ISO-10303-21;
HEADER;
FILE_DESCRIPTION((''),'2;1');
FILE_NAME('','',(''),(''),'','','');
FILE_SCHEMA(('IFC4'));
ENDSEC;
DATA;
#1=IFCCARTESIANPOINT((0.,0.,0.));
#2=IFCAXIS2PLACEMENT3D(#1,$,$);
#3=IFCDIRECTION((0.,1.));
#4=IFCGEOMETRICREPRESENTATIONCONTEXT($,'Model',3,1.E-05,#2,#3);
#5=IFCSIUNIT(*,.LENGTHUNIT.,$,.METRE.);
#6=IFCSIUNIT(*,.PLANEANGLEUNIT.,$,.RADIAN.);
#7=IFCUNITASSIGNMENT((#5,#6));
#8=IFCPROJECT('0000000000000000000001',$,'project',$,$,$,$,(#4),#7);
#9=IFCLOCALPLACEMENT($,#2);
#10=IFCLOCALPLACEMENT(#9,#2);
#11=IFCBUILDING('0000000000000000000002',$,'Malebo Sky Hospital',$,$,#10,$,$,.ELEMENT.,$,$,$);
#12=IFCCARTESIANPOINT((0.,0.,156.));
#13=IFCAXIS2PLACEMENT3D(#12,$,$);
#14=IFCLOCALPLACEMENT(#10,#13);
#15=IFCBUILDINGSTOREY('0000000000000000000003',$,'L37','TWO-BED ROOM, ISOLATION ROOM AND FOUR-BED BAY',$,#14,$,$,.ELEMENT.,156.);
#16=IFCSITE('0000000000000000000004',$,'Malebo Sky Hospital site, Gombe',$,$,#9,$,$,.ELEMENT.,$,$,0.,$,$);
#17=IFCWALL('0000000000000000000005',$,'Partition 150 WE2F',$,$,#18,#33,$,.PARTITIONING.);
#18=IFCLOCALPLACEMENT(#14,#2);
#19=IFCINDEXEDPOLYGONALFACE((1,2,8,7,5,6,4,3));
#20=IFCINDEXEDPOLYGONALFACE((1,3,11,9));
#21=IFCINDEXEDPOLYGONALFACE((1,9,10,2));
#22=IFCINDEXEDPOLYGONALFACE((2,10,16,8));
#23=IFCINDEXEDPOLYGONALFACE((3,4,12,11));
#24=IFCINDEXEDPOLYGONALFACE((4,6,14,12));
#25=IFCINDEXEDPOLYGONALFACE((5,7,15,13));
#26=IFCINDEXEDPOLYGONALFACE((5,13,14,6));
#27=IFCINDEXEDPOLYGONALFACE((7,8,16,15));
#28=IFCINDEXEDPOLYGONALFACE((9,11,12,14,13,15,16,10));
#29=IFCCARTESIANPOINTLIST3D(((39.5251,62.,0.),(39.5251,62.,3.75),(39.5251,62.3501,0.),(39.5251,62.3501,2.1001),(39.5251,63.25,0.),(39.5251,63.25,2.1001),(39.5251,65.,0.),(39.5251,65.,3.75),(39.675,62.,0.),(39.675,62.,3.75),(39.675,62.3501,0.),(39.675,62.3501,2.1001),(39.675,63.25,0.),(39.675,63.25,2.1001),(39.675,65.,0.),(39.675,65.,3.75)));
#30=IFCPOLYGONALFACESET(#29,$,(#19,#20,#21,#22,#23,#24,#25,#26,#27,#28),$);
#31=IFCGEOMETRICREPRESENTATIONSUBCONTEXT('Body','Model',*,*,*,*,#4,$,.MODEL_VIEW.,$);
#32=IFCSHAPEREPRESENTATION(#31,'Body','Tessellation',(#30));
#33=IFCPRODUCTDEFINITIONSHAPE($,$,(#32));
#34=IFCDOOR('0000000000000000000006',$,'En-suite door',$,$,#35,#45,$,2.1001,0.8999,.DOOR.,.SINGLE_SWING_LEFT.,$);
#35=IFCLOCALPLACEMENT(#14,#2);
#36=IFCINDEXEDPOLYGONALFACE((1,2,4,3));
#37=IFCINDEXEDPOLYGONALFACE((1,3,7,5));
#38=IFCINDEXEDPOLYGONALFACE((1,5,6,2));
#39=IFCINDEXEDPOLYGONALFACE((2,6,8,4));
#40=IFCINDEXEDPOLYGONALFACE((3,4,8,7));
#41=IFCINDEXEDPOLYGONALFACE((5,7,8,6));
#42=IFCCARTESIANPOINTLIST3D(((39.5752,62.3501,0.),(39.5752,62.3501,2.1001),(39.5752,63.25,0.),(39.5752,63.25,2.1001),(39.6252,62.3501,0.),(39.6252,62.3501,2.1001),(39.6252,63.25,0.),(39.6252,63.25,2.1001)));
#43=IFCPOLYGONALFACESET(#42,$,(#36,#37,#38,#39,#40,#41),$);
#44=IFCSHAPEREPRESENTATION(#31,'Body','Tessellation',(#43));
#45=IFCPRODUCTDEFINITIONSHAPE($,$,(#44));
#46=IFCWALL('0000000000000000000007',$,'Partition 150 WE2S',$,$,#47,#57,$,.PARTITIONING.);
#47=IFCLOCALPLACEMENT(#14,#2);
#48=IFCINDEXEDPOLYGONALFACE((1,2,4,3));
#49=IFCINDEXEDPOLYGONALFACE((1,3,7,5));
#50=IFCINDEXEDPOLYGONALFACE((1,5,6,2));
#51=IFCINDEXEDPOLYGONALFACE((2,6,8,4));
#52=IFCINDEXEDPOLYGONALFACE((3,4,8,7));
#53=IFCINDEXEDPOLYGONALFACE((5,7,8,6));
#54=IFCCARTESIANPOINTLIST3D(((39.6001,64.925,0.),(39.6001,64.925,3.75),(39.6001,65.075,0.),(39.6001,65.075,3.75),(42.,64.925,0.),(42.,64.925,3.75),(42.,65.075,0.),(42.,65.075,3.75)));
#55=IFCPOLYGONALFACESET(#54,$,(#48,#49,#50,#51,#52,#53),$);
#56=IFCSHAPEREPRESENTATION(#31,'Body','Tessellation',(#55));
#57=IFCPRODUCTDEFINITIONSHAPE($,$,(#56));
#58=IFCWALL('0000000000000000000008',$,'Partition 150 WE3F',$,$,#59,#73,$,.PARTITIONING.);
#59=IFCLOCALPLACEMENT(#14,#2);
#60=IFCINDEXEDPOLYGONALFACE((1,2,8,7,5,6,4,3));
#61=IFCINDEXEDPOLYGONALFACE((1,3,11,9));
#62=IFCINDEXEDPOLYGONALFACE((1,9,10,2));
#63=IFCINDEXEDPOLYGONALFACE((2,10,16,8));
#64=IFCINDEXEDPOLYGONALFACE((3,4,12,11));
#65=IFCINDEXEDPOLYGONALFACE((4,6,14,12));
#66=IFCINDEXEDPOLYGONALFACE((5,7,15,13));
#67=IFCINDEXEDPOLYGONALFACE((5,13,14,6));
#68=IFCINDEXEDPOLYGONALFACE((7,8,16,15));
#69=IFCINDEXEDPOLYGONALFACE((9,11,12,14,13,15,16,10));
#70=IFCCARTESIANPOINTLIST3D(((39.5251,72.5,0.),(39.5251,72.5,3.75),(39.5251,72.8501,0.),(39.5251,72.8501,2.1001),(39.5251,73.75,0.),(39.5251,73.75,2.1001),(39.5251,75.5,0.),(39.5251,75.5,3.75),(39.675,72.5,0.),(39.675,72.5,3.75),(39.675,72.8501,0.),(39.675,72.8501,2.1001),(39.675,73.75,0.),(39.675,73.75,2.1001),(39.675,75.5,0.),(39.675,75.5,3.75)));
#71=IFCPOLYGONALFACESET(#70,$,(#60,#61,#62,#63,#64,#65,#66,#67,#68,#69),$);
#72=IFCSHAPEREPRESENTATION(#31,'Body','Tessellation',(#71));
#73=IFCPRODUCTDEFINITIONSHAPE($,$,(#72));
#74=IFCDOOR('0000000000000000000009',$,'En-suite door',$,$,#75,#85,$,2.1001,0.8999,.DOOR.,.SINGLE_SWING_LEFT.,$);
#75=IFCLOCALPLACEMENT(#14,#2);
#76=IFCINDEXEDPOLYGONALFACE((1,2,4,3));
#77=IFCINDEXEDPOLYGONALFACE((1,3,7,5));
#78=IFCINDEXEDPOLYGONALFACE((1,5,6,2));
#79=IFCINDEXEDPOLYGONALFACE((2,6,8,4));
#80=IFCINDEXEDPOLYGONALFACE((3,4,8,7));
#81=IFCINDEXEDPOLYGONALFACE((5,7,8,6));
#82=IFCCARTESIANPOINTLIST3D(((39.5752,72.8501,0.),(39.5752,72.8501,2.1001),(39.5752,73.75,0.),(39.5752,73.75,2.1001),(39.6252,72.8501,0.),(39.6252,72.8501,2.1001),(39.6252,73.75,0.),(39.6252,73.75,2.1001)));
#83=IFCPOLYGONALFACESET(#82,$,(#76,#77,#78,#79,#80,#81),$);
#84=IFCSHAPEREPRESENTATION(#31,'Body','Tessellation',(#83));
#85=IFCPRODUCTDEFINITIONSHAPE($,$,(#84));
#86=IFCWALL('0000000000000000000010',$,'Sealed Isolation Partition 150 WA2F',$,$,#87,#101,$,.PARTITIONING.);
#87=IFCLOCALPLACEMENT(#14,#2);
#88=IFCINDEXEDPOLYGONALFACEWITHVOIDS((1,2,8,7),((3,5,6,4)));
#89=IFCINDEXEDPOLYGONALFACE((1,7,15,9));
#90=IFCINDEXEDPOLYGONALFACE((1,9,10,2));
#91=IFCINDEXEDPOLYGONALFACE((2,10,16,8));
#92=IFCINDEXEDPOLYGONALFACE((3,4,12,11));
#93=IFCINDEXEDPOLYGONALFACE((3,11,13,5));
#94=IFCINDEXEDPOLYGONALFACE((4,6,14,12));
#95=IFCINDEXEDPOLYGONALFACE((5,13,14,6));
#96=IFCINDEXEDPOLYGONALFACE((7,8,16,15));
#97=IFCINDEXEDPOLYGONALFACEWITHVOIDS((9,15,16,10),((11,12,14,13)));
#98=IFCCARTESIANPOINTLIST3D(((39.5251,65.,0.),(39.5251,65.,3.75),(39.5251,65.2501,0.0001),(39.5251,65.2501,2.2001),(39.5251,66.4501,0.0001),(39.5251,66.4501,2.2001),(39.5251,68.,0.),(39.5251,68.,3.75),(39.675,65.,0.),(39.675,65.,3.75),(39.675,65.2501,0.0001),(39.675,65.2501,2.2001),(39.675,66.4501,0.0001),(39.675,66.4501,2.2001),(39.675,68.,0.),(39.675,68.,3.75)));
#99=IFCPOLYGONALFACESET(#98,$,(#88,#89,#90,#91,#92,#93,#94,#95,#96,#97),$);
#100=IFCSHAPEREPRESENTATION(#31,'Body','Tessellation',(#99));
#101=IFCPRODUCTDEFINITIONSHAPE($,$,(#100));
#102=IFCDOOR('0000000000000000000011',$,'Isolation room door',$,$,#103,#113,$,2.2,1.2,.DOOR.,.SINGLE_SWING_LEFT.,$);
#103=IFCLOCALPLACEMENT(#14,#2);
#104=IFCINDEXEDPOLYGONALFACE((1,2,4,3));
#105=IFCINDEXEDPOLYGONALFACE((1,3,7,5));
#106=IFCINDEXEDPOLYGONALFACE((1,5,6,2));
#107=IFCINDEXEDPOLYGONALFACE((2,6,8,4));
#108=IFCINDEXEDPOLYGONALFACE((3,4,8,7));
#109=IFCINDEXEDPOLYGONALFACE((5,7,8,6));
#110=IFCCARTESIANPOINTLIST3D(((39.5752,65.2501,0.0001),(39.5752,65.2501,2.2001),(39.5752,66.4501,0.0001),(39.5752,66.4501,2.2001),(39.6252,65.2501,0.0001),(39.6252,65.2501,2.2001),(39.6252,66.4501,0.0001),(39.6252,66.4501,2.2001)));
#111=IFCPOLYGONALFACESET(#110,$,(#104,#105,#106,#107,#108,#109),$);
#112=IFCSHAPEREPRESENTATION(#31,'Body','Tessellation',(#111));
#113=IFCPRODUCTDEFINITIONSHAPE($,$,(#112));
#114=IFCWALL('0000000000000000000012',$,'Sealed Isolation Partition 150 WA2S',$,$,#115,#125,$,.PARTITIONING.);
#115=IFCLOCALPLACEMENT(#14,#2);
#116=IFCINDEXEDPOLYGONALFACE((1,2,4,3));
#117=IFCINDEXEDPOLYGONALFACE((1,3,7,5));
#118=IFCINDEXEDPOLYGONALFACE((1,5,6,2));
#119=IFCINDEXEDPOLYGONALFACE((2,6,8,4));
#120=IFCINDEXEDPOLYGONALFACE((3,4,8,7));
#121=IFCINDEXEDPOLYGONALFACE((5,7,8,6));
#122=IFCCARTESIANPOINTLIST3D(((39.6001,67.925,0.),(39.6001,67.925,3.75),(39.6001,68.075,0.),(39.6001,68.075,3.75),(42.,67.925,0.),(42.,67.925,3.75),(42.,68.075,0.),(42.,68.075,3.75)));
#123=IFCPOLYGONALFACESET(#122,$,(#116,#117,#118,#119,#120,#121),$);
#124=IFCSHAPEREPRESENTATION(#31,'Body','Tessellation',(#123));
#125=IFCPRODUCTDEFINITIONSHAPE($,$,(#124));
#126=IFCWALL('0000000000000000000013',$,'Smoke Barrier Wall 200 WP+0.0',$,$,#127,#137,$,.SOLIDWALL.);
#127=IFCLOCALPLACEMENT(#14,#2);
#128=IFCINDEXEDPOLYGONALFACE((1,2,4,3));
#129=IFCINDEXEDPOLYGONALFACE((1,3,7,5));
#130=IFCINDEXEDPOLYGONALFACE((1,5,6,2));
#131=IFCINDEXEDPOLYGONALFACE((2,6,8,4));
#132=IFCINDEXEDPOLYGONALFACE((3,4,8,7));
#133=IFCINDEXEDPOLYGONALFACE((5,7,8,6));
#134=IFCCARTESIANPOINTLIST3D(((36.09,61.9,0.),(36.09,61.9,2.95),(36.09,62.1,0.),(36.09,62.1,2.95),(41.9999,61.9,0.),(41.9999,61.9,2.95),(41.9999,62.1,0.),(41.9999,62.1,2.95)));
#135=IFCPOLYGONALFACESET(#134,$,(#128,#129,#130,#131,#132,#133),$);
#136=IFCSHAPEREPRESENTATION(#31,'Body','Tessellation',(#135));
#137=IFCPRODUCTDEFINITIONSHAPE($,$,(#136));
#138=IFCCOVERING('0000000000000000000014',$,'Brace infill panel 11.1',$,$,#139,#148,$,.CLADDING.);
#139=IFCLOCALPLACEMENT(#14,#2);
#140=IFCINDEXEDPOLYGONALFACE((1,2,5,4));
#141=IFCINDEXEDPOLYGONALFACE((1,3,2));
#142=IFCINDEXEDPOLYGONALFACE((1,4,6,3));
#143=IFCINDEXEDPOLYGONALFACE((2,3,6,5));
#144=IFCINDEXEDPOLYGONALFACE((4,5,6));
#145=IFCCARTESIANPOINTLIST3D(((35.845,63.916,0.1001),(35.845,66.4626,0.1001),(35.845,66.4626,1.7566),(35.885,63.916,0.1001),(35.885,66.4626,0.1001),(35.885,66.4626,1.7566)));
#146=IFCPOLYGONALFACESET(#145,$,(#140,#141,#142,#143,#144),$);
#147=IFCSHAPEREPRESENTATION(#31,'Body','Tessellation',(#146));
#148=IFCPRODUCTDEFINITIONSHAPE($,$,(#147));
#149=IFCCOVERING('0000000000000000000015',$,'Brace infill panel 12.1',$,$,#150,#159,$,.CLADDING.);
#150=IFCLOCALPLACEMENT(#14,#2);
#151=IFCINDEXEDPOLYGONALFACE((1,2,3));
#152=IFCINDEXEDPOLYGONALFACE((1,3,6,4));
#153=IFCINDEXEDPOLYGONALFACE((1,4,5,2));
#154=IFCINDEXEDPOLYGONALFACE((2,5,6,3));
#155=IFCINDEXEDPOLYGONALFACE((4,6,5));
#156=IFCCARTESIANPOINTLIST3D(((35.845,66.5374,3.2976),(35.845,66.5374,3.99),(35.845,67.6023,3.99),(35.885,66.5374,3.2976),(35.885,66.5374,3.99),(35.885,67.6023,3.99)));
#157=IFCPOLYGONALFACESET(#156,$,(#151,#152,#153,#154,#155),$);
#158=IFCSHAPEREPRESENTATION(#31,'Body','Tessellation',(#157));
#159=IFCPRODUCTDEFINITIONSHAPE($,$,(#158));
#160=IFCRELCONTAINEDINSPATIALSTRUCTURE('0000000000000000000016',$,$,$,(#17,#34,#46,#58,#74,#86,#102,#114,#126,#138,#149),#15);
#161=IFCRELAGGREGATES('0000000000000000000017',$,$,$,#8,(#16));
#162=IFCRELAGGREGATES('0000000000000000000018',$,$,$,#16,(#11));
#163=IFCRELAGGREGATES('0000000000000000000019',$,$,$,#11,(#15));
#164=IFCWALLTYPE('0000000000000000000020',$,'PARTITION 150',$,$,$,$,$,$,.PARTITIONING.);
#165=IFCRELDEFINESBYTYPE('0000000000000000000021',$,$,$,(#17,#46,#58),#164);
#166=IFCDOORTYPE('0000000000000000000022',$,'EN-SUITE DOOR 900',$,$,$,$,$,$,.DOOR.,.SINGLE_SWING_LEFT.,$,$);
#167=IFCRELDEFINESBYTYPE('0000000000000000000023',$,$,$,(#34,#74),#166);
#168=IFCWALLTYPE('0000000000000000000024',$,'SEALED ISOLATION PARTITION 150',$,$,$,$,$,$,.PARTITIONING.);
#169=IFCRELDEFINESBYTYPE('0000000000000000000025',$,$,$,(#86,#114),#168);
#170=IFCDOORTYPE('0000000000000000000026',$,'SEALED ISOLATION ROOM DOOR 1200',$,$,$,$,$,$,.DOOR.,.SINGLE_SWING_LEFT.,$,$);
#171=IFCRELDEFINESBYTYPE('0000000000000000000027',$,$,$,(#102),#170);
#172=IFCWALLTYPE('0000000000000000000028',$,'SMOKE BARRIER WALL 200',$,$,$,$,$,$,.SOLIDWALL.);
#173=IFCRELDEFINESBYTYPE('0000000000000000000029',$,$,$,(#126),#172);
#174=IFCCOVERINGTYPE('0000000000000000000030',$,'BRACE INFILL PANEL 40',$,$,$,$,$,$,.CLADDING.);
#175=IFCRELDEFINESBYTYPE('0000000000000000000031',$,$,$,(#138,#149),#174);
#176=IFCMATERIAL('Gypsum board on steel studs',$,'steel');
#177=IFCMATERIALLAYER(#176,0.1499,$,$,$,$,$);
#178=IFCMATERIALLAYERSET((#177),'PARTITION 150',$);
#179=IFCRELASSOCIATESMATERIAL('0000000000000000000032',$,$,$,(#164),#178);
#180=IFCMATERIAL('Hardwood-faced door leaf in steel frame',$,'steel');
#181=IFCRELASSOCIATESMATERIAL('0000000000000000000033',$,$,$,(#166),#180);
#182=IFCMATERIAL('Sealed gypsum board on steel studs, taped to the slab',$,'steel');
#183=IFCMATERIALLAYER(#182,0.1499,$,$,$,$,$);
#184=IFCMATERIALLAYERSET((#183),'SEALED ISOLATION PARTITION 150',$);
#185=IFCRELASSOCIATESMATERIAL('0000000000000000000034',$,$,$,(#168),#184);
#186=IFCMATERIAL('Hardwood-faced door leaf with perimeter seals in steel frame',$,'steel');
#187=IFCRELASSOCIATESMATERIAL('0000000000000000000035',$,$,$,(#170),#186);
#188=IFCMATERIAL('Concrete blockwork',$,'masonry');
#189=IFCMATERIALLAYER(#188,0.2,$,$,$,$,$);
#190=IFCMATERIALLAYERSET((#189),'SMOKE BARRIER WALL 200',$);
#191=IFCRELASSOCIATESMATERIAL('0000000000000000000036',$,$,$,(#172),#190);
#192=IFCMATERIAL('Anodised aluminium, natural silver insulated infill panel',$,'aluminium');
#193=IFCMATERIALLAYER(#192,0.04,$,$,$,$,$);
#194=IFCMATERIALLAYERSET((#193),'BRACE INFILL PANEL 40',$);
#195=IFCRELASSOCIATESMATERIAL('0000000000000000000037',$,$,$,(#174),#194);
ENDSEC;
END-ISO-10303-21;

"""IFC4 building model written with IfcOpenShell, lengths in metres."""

from ifc_helpers import new_model, si_unit, direction, frame, frame_2d, origin, place, context, subcontext, project, spatial, polyline, rectangle, outline, extrude, material, layer, layer_set, type_object, element, fill, save


model = new_model("IFC4")

# Units and contexts
model_context = context("Model", 3, precision=1e-05, world=origin(), true_north=direction((0.0, 1.0)))
body_context = subcontext(model_context, "Body", "Model", "MODEL_VIEW")
ifc_project = project(units=[si_unit("LENGTHUNIT", "METRE"), si_unit("PLANEANGLEUNIT", "RADIAN")], contexts=[model_context])

# Site, building, storey
site_placement = place(None, origin())
site = spatial("IfcSite", under=ifc_project, at=site_placement, Name="Malebo Sky Hospital site, Gombe", CompositionType="ELEMENT", RefElevation=0.0)
building_placement = place(site_placement, origin())
building = spatial("IfcBuilding", under=site, at=building_placement, Name="Malebo Sky Hospital", CompositionType="ELEMENT")
storey_placement = place(building_placement, frame((0.0, 0.0, 156.0)))
storey = spatial("IfcBuildingStorey", under=building, at=storey_placement, Name="L37", Description="TWO-BED ROOM, ISOLATION ROOM AND FOUR-BED BAY", CompositionType="ELEMENT", Elevation=156.0)

# Shared definitions
ifc_material_1 = material(Name="Gypsum board on steel studs", Category="steel")
ifc_material_2 = material(Name="Hardwood-faced door leaf in steel frame", Category="steel")

# Shared definitions
ifc_layer_1 = layer(ifc_material_1, 0.1499)
ifc_layer_set_1 = layer_set([ifc_layer_1], Name="PARTITION 150")
wall_type_1 = type_object("IfcWallType", Name="PARTITION 150", PredefinedType="PARTITIONING", material=ifc_layer_set_1)

# Wall, opening, door
wall_1_placement = place(storey_placement, frame((39.6001, 62.0, 0.0), z_axis=(0.0, 0.0, 1.0), x_axis=(0.0, 1.0, 0.0)))
wall_1 = element("IfcWall", 1, at=wall_1_placement, inside=storey, type_object=wall_type_1, Name="Partition 150 WE2F", PredefinedType="PARTITIONING", context=body_context, shape_type="SweptSolid", body=[
    extrude(rectangle(XDim=3.0, YDim=0.1499, at=frame_2d((1.5, 0.0))), origin(), (0.0, 0.0, 1.0), 3.75),
])
opening_1_placement = place(wall_1_placement, frame((0.3501, 0.0, 0.0)))
opening_1 = element("IfcOpeningElement", 2, at=opening_1_placement, cuts=wall_1, PredefinedType="OPENING", context=body_context, shape_type="SweptSolid", body=[
    extrude(rectangle(XDim=0.8999, YDim=2.1001, at=frame_2d((0.45, 1.05))), frame((0.0, 0.085, 0.0), z_axis=(0.0, -1.0, 0.0), x_axis=(1.0, 0.0, 0.0)), (0.0, 0.0, 1.0), 0.1699),
])
door_type_1 = type_object("IfcDoorType", Name="EN-SUITE DOOR 900", OperationType="SINGLE_SWING_LEFT", PredefinedType="DOOR", material=ifc_material_2)
door_1_placement = place(opening_1_placement, origin())
door_1 = element("IfcDoor", 3, at=door_1_placement, inside=storey, type_object=door_type_1, Name="En-suite door", OperationType="SINGLE_SWING_LEFT", OverallHeight=2.1001, OverallWidth=0.8999, PredefinedType="DOOR", context=body_context, shape_type="SweptSolid", body=[
    extrude(rectangle(XDim=0.8999, YDim=2.1001, at=frame_2d((0.45, 1.05))), frame((0.0, 0.0249, 0.0), z_axis=(0.0, -1.0, 0.0), x_axis=(1.0, 0.0, 0.0)), (0.0, 0.0, 1.0), 0.05),
])
fill(opening_1, door_1)

# Wall
wall_2_placement = place(storey_placement, frame((42.0, 65.0, 0.0), z_axis=(0.0, 0.0, 1.0), x_axis=(-1.0, 0.0, 0.0)))
element("IfcWall", 4, at=wall_2_placement, inside=storey, type_object=wall_type_1, Name="Partition 150 WE2S", PredefinedType="PARTITIONING", context=body_context, shape_type="SweptSolid", body=[
    extrude(rectangle(XDim=2.3999, YDim=0.1499, at=frame_2d((1.2, 0.0))), origin(), (0.0, 0.0, 1.0), 3.75),
])

# Walls, openings, doors
wall_3_placement = place(storey_placement, frame((39.6001, 72.5, 0.0), z_axis=(0.0, 0.0, 1.0), x_axis=(0.0, 1.0, 0.0)))
wall_3 = element("IfcWall", 5, at=wall_3_placement, inside=storey, type_object=wall_type_1, Name="Partition 150 WE3F", PredefinedType="PARTITIONING", context=body_context, shape_type="SweptSolid", body=[
    extrude(rectangle(XDim=3.0, YDim=0.1499, at=frame_2d((1.5, 0.0))), origin(), (0.0, 0.0, 1.0), 3.75),
])
opening_2_placement = place(wall_3_placement, frame((0.3501, 0.0, 0.0)))
opening_2 = element("IfcOpeningElement", 6, at=opening_2_placement, cuts=wall_3, PredefinedType="OPENING", context=body_context, shape_type="SweptSolid", body=[
    extrude(rectangle(XDim=0.8999, YDim=2.1001, at=frame_2d((0.45, 1.05))), frame((0.0, 0.085, 0.0), z_axis=(0.0, -1.0, 0.0), x_axis=(1.0, 0.0, 0.0)), (0.0, 0.0, 1.0), 0.1699),
])
door_2_placement = place(opening_2_placement, origin())
door_2 = element("IfcDoor", 7, at=door_2_placement, inside=storey, type_object=door_type_1, Name="En-suite door", OperationType="SINGLE_SWING_LEFT", OverallHeight=2.1001, OverallWidth=0.8999, PredefinedType="DOOR", context=body_context, shape_type="SweptSolid", body=[
    extrude(rectangle(XDim=0.8999, YDim=2.1001, at=frame_2d((0.45, 1.05))), frame((0.0, 0.0249, 0.0), z_axis=(0.0, -1.0, 0.0), x_axis=(1.0, 0.0, 0.0)), (0.0, 0.0, 1.0), 0.05),
])
fill(opening_2, door_2)
ifc_material_3 = material(Name="Sealed gypsum board on steel studs, taped to the slab", Category="steel")
ifc_layer_2 = layer(ifc_material_3, 0.1499)
ifc_layer_set_2 = layer_set([ifc_layer_2], Name="SEALED ISOLATION PARTITION 150")
wall_type_2 = type_object("IfcWallType", Name="SEALED ISOLATION PARTITION 150", PredefinedType="PARTITIONING", material=ifc_layer_set_2)
wall_4_placement = place(storey_placement, frame((39.6001, 65.0, 0.0), z_axis=(0.0, 0.0, 1.0), x_axis=(0.0, 1.0, 0.0)))
wall_4 = element("IfcWall", 8, at=wall_4_placement, inside=storey, type_object=wall_type_2, Name="Sealed Isolation Partition 150 WA2F", PredefinedType="PARTITIONING", context=body_context, shape_type="SweptSolid", body=[
    extrude(rectangle(XDim=3.0, YDim=0.1499, at=frame_2d((1.5, 0.0))), origin(), (0.0, 0.0, 1.0), 3.75),
])
opening_3_placement = place(wall_4_placement, frame((0.25, 0.0, 0.0)))
opening_3 = element("IfcOpeningElement", 9, at=opening_3_placement, cuts=wall_4, PredefinedType="OPENING", context=body_context, shape_type="SweptSolid", body=[
    extrude(rectangle(XDim=1.2, YDim=2.2, at=frame_2d((0.6001, 1.1001))), frame((0.0, 0.085, 0.0), z_axis=(0.0, -1.0, 0.0), x_axis=(1.0, 0.0, 0.0)), (0.0, 0.0, 1.0), 0.1699),
])
ifc_material_4 = material(Name="Hardwood-faced door leaf with perimeter seals in steel frame", Category="steel")
door_type_2 = type_object("IfcDoorType", Name="SEALED ISOLATION ROOM DOOR 1200", OperationType="SINGLE_SWING_LEFT", PredefinedType="DOOR", material=ifc_material_4)
door_3_placement = place(opening_3_placement, origin())
door_3 = element("IfcDoor", 10, at=door_3_placement, inside=storey, type_object=door_type_2, Name="Isolation room door", OperationType="SINGLE_SWING_LEFT", OverallHeight=2.2, OverallWidth=1.2, PredefinedType="DOOR", context=body_context, shape_type="SweptSolid", body=[
    extrude(rectangle(XDim=1.2, YDim=2.2, at=frame_2d((0.6001, 1.1001))), frame((0.0, 0.0249, 0.0), z_axis=(0.0, -1.0, 0.0), x_axis=(1.0, 0.0, 0.0)), (0.0, 0.0, 1.0), 0.05),
])
fill(opening_3, door_3)

# Walls
wall_5_placement = place(storey_placement, frame((42.0, 68.0, 0.0), z_axis=(0.0, 0.0, 1.0), x_axis=(-1.0, 0.0, 0.0)))
element("IfcWall", 11, at=wall_5_placement, inside=storey, type_object=wall_type_2, Name="Sealed Isolation Partition 150 WA2S", PredefinedType="PARTITIONING", context=body_context, shape_type="SweptSolid", body=[
    extrude(rectangle(XDim=2.3999, YDim=0.1499, at=frame_2d((1.2, 0.0))), origin(), (0.0, 0.0, 1.0), 3.75),
])
ifc_material_5 = material(Name="Concrete blockwork", Category="masonry")
ifc_layer_3 = layer(ifc_material_5, 0.2)
ifc_layer_set_3 = layer_set([ifc_layer_3], Name="SMOKE BARRIER WALL 200")
wall_type_3 = type_object("IfcWallType", Name="SMOKE BARRIER WALL 200", PredefinedType="SOLIDWALL", material=ifc_layer_set_3)
wall_6_placement = place(storey_placement, frame((42.0, 62.0, 0.0), z_axis=(0.0, 0.0, 1.0), x_axis=(-1.0, 0.0, 0.0)))
element("IfcWall", 12, at=wall_6_placement, inside=storey, type_object=wall_type_3, Name="Smoke Barrier Wall 200 WP+0.0", PredefinedType="SOLIDWALL", context=body_context, shape_type="SweptSolid", body=[
    extrude(rectangle(XDim=5.9099, YDim=0.2, at=frame_2d((2.9551, 0.0))), origin(), (0.0, 0.0, 1.0), 2.95),
])

# Coverings
ifc_material_6 = material(Name="Anodised aluminium, natural silver insulated infill panel", Category="aluminium")
ifc_layer_4 = layer(ifc_material_6, 0.04)
ifc_layer_set_4 = layer_set([ifc_layer_4], Name="BRACE INFILL PANEL 40")
covering_type = type_object("IfcCoveringType", Name="BRACE INFILL PANEL 40", PredefinedType="CLADDING", material=ifc_layer_set_4)
covering_1_placement = place(storey_placement, frame((35.865, 65.1892, 0.1001), z_axis=(0.0, 0.0, 1.0), x_axis=(0.0, 1.0, 0.0)))
element("IfcCovering", 13, at=covering_1_placement, inside=storey, type_object=covering_type, Name="Brace infill panel 11.1", PredefinedType="CLADDING", context=body_context, shape_type="SweptSolid", body=[
    extrude(outline(polyline([(-1.2732, 0.0), (1.2734, 0.0), (1.2734, 1.6565), (-1.2732, 0.0)])), frame((0.0, 0.02, 0.0), z_axis=(0.0, -1.0, 0.0), x_axis=(1.0, 0.0, 0.0)), (0.0, 0.0, 1.0), 0.04),
])
covering_2_placement = place(storey_placement, frame((35.865, 67.0698, 3.2976), z_axis=(0.0, 0.0, 1.0), x_axis=(0.0, 1.0, 0.0)))
element("IfcCovering", 14, at=covering_2_placement, inside=storey, type_object=covering_type, Name="Brace infill panel 12.1", PredefinedType="CLADDING", context=body_context, shape_type="SweptSolid", body=[
    extrude(outline(polyline([(-0.5325, 0.0), (0.5325, 0.6924), (-0.5325, 0.6924), (-0.5325, 0.0)])), frame((0.0, 0.02, 0.0), z_axis=(0.0, -1.0, 0.0), x_axis=(1.0, 0.0, 0.0)), (0.0, 0.0, 1.0), 0.04),
])

save(model, "model.ifc")
